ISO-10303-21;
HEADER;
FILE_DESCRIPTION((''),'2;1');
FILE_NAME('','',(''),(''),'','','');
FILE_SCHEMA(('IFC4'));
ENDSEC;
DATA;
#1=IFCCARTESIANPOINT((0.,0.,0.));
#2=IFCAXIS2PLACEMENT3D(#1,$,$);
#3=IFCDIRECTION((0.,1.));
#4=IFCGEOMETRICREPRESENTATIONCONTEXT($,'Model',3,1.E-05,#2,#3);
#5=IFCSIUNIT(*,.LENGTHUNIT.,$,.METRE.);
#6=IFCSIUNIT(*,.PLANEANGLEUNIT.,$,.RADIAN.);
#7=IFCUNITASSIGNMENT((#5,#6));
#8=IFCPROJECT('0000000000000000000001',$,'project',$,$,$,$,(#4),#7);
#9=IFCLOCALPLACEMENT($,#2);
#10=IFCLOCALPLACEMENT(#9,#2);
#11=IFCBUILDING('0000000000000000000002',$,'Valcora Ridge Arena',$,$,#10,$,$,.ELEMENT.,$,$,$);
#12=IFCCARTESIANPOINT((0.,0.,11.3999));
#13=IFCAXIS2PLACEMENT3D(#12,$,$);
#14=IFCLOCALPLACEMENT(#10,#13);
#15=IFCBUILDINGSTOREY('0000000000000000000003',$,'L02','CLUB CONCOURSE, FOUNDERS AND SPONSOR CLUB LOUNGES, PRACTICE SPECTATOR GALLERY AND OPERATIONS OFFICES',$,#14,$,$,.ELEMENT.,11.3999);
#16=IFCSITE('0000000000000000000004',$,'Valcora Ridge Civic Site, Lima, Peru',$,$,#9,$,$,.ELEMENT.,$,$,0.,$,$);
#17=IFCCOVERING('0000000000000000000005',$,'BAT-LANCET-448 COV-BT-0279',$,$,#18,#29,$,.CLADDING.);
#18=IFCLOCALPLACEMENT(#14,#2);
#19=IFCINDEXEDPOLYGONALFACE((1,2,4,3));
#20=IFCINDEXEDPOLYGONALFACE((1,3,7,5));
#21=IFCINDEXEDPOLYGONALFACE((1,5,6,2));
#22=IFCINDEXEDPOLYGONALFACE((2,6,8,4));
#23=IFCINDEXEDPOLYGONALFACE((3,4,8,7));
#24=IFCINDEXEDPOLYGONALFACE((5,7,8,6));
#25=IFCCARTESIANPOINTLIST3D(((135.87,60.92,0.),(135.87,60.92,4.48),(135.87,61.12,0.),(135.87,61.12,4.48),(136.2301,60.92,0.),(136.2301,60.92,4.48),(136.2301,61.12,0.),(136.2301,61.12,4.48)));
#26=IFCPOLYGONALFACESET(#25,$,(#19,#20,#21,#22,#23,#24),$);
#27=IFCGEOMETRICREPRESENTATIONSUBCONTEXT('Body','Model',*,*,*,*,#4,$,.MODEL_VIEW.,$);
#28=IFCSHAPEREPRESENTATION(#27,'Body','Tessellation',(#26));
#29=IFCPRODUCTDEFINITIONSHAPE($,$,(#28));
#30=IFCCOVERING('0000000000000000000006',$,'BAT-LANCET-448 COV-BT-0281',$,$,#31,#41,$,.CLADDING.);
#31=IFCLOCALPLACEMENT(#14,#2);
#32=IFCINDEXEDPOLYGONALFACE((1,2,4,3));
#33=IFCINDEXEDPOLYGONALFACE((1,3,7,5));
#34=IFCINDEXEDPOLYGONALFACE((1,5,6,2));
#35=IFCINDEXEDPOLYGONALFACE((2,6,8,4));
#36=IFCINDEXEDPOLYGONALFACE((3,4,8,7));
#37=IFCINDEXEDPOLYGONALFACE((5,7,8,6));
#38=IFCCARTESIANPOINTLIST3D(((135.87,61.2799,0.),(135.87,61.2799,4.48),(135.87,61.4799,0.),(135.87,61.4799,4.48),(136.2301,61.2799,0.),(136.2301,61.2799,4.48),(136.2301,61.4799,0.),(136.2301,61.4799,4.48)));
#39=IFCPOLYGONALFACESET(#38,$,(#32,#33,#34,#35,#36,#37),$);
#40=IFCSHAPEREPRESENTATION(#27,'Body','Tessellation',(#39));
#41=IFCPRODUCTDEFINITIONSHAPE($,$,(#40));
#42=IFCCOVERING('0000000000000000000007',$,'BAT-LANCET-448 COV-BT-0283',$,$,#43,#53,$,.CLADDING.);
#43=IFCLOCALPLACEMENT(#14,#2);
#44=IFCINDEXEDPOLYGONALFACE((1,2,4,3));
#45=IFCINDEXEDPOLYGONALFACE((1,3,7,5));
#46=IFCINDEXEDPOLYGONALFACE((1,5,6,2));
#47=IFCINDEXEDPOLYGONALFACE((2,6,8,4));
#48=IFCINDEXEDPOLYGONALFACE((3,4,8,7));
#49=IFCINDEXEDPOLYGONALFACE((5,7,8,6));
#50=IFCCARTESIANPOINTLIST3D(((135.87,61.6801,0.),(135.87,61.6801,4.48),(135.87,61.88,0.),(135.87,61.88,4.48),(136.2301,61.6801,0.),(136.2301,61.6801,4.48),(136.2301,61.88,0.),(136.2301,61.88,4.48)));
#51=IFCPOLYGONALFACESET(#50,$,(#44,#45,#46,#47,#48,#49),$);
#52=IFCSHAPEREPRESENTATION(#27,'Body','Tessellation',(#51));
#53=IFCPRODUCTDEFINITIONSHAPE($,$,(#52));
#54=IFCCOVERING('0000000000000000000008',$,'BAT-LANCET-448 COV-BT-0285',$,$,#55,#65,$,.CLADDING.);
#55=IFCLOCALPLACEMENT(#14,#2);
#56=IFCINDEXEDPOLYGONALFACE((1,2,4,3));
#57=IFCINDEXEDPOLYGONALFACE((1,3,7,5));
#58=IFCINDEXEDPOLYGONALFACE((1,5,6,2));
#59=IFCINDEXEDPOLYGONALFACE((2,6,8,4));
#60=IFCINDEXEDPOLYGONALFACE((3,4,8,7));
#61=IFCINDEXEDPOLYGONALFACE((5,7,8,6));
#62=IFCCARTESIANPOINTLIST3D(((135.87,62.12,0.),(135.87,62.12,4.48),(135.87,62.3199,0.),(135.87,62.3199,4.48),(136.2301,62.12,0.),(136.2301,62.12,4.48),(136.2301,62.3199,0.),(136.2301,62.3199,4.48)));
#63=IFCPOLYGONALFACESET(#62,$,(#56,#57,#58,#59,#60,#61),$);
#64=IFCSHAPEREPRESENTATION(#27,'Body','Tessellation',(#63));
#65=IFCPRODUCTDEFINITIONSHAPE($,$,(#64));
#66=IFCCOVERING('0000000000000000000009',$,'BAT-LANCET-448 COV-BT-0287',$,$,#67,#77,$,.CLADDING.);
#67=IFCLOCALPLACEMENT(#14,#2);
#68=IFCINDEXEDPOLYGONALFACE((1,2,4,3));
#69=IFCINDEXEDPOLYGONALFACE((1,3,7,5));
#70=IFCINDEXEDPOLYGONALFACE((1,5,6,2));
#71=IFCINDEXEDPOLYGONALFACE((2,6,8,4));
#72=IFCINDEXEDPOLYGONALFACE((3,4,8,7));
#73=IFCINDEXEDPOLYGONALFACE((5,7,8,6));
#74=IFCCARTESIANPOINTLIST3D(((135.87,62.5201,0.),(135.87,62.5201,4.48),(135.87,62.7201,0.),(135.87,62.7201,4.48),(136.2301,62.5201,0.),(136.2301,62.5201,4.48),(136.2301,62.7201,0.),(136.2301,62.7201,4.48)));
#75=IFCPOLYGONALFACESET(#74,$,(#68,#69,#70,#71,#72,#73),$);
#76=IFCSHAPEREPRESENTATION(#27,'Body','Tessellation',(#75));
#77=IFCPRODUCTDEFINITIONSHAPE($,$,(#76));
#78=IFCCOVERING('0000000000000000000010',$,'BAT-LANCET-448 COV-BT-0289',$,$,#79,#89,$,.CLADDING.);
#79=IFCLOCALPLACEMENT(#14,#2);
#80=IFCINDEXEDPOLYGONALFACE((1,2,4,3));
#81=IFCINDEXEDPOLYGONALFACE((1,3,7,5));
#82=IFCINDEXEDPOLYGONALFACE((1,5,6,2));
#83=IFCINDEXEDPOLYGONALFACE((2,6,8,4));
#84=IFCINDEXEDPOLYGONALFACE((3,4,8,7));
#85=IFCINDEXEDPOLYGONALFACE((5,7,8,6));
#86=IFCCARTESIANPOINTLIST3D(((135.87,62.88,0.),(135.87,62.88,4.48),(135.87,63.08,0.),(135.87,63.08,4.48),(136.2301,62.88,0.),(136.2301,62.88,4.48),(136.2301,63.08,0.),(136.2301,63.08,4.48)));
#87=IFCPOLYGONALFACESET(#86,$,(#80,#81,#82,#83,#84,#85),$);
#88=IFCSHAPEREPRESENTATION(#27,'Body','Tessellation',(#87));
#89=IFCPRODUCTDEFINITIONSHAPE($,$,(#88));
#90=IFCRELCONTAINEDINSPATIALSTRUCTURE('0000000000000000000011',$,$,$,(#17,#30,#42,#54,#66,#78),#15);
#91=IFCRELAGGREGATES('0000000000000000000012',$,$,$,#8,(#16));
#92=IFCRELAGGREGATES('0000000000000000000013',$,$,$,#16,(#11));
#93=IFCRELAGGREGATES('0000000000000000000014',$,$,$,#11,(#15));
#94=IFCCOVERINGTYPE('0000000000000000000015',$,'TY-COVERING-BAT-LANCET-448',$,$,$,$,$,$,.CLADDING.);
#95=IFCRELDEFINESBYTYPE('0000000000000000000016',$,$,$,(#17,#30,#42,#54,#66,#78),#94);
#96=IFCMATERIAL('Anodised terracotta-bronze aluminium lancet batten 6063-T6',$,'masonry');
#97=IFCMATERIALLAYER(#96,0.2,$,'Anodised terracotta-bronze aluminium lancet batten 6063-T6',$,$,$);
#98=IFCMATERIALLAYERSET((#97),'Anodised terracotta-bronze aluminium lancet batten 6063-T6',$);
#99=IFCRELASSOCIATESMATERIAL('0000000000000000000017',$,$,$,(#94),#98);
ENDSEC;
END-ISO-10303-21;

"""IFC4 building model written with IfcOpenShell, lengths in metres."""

from ifc_helpers import new_model, si_unit, direction, frame, origin, origin_2d, place, context, subcontext, project, spatial, rectangle, extrude, material, layer, layer_set, type_object, element, save


model = new_model("IFC4")

# Units and contexts
model_context = context("Model", 3, precision=1e-05, world=origin(), true_north=direction((0.0, 1.0)))
body_context = subcontext(model_context, "Body", "Model", "MODEL_VIEW")
ifc_project = project(units=[si_unit("LENGTHUNIT", "METRE"), si_unit("PLANEANGLEUNIT", "RADIAN")], contexts=[model_context])

# Site, building, storey
site_placement = place(None, origin())
site = spatial("IfcSite", under=ifc_project, at=site_placement, Name="Valcora Ridge Civic Site, Lima, Peru", CompositionType="ELEMENT", RefElevation=0.0)
building_placement = place(site_placement, origin())
building = spatial("IfcBuilding", under=site, at=building_placement, Name="Valcora Ridge Arena", CompositionType="ELEMENT")
storey_placement = place(building_placement, frame((0.0, 0.0, 11.3999)))
storey = spatial("IfcBuildingStorey", under=building, at=storey_placement, Name="L02", Description="CLUB CONCOURSE, FOUNDERS AND SPONSOR CLUB LOUNGES, PRACTICE SPECTATOR GALLERY AND OPERATIONS OFFICES", CompositionType="ELEMENT", Elevation=11.3999)

# Coverings
ifc_material_1 = material(Name="Anodised terracotta-bronze aluminium lancet batten 6063-T6", Category="masonry")
ifc_layer_1 = layer(ifc_material_1, 0.2, Name="Anodised terracotta-bronze aluminium lancet batten 6063-T6")
ifc_layer_set_1 = layer_set([ifc_layer_1], Name="Anodised terracotta-bronze aluminium lancet batten 6063-T6")
covering_type = type_object("IfcCoveringType", Name="TY-COVERING-BAT-LANCET-448", PredefinedType="CLADDING", material=ifc_layer_set_1)
for number, where, z_axis, x_axis, name in (
    (1, (136.05, 61.02, 0.0), (0.0, 0.0, 1.0), (1.0, 0.0, 0.0), "BAT-LANCET-448 COV-BT-0279"),
    (2, (136.05, 61.3799, 0.0), (0.0, 0.0, 1.0), (1.0, 0.0, 0.0), "BAT-LANCET-448 COV-BT-0281"),
    (3, (136.05, 61.78, 0.0), (0.0, 0.0, 1.0), (1.0, 0.0, 0.0), "BAT-LANCET-448 COV-BT-0283"),
    (4, (136.05, 62.22, 0.0), (0.0, 0.0, 1.0), (1.0, 0.0, 0.0), "BAT-LANCET-448 COV-BT-0285"),
    (5, (136.05, 62.6201, 0.0), (0.0, 0.0, 1.0), (1.0, 0.0, 0.0), "BAT-LANCET-448 COV-BT-0287"),
    (6, (136.05, 62.98, 0.0), (0.0, 0.0, 1.0), (1.0, 0.0, 0.0), "BAT-LANCET-448 COV-BT-0289"),
):
    element("IfcCovering", number, at=place(storey_placement, frame(where, z_axis=z_axis, x_axis=x_axis)), inside=storey, type_object=covering_type, Name=name, PredefinedType="CLADDING", context=body_context, shape_type="SweptSolid", body=[
        extrude(rectangle(XDim=0.3601, YDim=0.2, at=origin_2d()), origin(), (0.0, 0.0, 1.0), 4.48),
    ])

save(model, "model.ifc")
